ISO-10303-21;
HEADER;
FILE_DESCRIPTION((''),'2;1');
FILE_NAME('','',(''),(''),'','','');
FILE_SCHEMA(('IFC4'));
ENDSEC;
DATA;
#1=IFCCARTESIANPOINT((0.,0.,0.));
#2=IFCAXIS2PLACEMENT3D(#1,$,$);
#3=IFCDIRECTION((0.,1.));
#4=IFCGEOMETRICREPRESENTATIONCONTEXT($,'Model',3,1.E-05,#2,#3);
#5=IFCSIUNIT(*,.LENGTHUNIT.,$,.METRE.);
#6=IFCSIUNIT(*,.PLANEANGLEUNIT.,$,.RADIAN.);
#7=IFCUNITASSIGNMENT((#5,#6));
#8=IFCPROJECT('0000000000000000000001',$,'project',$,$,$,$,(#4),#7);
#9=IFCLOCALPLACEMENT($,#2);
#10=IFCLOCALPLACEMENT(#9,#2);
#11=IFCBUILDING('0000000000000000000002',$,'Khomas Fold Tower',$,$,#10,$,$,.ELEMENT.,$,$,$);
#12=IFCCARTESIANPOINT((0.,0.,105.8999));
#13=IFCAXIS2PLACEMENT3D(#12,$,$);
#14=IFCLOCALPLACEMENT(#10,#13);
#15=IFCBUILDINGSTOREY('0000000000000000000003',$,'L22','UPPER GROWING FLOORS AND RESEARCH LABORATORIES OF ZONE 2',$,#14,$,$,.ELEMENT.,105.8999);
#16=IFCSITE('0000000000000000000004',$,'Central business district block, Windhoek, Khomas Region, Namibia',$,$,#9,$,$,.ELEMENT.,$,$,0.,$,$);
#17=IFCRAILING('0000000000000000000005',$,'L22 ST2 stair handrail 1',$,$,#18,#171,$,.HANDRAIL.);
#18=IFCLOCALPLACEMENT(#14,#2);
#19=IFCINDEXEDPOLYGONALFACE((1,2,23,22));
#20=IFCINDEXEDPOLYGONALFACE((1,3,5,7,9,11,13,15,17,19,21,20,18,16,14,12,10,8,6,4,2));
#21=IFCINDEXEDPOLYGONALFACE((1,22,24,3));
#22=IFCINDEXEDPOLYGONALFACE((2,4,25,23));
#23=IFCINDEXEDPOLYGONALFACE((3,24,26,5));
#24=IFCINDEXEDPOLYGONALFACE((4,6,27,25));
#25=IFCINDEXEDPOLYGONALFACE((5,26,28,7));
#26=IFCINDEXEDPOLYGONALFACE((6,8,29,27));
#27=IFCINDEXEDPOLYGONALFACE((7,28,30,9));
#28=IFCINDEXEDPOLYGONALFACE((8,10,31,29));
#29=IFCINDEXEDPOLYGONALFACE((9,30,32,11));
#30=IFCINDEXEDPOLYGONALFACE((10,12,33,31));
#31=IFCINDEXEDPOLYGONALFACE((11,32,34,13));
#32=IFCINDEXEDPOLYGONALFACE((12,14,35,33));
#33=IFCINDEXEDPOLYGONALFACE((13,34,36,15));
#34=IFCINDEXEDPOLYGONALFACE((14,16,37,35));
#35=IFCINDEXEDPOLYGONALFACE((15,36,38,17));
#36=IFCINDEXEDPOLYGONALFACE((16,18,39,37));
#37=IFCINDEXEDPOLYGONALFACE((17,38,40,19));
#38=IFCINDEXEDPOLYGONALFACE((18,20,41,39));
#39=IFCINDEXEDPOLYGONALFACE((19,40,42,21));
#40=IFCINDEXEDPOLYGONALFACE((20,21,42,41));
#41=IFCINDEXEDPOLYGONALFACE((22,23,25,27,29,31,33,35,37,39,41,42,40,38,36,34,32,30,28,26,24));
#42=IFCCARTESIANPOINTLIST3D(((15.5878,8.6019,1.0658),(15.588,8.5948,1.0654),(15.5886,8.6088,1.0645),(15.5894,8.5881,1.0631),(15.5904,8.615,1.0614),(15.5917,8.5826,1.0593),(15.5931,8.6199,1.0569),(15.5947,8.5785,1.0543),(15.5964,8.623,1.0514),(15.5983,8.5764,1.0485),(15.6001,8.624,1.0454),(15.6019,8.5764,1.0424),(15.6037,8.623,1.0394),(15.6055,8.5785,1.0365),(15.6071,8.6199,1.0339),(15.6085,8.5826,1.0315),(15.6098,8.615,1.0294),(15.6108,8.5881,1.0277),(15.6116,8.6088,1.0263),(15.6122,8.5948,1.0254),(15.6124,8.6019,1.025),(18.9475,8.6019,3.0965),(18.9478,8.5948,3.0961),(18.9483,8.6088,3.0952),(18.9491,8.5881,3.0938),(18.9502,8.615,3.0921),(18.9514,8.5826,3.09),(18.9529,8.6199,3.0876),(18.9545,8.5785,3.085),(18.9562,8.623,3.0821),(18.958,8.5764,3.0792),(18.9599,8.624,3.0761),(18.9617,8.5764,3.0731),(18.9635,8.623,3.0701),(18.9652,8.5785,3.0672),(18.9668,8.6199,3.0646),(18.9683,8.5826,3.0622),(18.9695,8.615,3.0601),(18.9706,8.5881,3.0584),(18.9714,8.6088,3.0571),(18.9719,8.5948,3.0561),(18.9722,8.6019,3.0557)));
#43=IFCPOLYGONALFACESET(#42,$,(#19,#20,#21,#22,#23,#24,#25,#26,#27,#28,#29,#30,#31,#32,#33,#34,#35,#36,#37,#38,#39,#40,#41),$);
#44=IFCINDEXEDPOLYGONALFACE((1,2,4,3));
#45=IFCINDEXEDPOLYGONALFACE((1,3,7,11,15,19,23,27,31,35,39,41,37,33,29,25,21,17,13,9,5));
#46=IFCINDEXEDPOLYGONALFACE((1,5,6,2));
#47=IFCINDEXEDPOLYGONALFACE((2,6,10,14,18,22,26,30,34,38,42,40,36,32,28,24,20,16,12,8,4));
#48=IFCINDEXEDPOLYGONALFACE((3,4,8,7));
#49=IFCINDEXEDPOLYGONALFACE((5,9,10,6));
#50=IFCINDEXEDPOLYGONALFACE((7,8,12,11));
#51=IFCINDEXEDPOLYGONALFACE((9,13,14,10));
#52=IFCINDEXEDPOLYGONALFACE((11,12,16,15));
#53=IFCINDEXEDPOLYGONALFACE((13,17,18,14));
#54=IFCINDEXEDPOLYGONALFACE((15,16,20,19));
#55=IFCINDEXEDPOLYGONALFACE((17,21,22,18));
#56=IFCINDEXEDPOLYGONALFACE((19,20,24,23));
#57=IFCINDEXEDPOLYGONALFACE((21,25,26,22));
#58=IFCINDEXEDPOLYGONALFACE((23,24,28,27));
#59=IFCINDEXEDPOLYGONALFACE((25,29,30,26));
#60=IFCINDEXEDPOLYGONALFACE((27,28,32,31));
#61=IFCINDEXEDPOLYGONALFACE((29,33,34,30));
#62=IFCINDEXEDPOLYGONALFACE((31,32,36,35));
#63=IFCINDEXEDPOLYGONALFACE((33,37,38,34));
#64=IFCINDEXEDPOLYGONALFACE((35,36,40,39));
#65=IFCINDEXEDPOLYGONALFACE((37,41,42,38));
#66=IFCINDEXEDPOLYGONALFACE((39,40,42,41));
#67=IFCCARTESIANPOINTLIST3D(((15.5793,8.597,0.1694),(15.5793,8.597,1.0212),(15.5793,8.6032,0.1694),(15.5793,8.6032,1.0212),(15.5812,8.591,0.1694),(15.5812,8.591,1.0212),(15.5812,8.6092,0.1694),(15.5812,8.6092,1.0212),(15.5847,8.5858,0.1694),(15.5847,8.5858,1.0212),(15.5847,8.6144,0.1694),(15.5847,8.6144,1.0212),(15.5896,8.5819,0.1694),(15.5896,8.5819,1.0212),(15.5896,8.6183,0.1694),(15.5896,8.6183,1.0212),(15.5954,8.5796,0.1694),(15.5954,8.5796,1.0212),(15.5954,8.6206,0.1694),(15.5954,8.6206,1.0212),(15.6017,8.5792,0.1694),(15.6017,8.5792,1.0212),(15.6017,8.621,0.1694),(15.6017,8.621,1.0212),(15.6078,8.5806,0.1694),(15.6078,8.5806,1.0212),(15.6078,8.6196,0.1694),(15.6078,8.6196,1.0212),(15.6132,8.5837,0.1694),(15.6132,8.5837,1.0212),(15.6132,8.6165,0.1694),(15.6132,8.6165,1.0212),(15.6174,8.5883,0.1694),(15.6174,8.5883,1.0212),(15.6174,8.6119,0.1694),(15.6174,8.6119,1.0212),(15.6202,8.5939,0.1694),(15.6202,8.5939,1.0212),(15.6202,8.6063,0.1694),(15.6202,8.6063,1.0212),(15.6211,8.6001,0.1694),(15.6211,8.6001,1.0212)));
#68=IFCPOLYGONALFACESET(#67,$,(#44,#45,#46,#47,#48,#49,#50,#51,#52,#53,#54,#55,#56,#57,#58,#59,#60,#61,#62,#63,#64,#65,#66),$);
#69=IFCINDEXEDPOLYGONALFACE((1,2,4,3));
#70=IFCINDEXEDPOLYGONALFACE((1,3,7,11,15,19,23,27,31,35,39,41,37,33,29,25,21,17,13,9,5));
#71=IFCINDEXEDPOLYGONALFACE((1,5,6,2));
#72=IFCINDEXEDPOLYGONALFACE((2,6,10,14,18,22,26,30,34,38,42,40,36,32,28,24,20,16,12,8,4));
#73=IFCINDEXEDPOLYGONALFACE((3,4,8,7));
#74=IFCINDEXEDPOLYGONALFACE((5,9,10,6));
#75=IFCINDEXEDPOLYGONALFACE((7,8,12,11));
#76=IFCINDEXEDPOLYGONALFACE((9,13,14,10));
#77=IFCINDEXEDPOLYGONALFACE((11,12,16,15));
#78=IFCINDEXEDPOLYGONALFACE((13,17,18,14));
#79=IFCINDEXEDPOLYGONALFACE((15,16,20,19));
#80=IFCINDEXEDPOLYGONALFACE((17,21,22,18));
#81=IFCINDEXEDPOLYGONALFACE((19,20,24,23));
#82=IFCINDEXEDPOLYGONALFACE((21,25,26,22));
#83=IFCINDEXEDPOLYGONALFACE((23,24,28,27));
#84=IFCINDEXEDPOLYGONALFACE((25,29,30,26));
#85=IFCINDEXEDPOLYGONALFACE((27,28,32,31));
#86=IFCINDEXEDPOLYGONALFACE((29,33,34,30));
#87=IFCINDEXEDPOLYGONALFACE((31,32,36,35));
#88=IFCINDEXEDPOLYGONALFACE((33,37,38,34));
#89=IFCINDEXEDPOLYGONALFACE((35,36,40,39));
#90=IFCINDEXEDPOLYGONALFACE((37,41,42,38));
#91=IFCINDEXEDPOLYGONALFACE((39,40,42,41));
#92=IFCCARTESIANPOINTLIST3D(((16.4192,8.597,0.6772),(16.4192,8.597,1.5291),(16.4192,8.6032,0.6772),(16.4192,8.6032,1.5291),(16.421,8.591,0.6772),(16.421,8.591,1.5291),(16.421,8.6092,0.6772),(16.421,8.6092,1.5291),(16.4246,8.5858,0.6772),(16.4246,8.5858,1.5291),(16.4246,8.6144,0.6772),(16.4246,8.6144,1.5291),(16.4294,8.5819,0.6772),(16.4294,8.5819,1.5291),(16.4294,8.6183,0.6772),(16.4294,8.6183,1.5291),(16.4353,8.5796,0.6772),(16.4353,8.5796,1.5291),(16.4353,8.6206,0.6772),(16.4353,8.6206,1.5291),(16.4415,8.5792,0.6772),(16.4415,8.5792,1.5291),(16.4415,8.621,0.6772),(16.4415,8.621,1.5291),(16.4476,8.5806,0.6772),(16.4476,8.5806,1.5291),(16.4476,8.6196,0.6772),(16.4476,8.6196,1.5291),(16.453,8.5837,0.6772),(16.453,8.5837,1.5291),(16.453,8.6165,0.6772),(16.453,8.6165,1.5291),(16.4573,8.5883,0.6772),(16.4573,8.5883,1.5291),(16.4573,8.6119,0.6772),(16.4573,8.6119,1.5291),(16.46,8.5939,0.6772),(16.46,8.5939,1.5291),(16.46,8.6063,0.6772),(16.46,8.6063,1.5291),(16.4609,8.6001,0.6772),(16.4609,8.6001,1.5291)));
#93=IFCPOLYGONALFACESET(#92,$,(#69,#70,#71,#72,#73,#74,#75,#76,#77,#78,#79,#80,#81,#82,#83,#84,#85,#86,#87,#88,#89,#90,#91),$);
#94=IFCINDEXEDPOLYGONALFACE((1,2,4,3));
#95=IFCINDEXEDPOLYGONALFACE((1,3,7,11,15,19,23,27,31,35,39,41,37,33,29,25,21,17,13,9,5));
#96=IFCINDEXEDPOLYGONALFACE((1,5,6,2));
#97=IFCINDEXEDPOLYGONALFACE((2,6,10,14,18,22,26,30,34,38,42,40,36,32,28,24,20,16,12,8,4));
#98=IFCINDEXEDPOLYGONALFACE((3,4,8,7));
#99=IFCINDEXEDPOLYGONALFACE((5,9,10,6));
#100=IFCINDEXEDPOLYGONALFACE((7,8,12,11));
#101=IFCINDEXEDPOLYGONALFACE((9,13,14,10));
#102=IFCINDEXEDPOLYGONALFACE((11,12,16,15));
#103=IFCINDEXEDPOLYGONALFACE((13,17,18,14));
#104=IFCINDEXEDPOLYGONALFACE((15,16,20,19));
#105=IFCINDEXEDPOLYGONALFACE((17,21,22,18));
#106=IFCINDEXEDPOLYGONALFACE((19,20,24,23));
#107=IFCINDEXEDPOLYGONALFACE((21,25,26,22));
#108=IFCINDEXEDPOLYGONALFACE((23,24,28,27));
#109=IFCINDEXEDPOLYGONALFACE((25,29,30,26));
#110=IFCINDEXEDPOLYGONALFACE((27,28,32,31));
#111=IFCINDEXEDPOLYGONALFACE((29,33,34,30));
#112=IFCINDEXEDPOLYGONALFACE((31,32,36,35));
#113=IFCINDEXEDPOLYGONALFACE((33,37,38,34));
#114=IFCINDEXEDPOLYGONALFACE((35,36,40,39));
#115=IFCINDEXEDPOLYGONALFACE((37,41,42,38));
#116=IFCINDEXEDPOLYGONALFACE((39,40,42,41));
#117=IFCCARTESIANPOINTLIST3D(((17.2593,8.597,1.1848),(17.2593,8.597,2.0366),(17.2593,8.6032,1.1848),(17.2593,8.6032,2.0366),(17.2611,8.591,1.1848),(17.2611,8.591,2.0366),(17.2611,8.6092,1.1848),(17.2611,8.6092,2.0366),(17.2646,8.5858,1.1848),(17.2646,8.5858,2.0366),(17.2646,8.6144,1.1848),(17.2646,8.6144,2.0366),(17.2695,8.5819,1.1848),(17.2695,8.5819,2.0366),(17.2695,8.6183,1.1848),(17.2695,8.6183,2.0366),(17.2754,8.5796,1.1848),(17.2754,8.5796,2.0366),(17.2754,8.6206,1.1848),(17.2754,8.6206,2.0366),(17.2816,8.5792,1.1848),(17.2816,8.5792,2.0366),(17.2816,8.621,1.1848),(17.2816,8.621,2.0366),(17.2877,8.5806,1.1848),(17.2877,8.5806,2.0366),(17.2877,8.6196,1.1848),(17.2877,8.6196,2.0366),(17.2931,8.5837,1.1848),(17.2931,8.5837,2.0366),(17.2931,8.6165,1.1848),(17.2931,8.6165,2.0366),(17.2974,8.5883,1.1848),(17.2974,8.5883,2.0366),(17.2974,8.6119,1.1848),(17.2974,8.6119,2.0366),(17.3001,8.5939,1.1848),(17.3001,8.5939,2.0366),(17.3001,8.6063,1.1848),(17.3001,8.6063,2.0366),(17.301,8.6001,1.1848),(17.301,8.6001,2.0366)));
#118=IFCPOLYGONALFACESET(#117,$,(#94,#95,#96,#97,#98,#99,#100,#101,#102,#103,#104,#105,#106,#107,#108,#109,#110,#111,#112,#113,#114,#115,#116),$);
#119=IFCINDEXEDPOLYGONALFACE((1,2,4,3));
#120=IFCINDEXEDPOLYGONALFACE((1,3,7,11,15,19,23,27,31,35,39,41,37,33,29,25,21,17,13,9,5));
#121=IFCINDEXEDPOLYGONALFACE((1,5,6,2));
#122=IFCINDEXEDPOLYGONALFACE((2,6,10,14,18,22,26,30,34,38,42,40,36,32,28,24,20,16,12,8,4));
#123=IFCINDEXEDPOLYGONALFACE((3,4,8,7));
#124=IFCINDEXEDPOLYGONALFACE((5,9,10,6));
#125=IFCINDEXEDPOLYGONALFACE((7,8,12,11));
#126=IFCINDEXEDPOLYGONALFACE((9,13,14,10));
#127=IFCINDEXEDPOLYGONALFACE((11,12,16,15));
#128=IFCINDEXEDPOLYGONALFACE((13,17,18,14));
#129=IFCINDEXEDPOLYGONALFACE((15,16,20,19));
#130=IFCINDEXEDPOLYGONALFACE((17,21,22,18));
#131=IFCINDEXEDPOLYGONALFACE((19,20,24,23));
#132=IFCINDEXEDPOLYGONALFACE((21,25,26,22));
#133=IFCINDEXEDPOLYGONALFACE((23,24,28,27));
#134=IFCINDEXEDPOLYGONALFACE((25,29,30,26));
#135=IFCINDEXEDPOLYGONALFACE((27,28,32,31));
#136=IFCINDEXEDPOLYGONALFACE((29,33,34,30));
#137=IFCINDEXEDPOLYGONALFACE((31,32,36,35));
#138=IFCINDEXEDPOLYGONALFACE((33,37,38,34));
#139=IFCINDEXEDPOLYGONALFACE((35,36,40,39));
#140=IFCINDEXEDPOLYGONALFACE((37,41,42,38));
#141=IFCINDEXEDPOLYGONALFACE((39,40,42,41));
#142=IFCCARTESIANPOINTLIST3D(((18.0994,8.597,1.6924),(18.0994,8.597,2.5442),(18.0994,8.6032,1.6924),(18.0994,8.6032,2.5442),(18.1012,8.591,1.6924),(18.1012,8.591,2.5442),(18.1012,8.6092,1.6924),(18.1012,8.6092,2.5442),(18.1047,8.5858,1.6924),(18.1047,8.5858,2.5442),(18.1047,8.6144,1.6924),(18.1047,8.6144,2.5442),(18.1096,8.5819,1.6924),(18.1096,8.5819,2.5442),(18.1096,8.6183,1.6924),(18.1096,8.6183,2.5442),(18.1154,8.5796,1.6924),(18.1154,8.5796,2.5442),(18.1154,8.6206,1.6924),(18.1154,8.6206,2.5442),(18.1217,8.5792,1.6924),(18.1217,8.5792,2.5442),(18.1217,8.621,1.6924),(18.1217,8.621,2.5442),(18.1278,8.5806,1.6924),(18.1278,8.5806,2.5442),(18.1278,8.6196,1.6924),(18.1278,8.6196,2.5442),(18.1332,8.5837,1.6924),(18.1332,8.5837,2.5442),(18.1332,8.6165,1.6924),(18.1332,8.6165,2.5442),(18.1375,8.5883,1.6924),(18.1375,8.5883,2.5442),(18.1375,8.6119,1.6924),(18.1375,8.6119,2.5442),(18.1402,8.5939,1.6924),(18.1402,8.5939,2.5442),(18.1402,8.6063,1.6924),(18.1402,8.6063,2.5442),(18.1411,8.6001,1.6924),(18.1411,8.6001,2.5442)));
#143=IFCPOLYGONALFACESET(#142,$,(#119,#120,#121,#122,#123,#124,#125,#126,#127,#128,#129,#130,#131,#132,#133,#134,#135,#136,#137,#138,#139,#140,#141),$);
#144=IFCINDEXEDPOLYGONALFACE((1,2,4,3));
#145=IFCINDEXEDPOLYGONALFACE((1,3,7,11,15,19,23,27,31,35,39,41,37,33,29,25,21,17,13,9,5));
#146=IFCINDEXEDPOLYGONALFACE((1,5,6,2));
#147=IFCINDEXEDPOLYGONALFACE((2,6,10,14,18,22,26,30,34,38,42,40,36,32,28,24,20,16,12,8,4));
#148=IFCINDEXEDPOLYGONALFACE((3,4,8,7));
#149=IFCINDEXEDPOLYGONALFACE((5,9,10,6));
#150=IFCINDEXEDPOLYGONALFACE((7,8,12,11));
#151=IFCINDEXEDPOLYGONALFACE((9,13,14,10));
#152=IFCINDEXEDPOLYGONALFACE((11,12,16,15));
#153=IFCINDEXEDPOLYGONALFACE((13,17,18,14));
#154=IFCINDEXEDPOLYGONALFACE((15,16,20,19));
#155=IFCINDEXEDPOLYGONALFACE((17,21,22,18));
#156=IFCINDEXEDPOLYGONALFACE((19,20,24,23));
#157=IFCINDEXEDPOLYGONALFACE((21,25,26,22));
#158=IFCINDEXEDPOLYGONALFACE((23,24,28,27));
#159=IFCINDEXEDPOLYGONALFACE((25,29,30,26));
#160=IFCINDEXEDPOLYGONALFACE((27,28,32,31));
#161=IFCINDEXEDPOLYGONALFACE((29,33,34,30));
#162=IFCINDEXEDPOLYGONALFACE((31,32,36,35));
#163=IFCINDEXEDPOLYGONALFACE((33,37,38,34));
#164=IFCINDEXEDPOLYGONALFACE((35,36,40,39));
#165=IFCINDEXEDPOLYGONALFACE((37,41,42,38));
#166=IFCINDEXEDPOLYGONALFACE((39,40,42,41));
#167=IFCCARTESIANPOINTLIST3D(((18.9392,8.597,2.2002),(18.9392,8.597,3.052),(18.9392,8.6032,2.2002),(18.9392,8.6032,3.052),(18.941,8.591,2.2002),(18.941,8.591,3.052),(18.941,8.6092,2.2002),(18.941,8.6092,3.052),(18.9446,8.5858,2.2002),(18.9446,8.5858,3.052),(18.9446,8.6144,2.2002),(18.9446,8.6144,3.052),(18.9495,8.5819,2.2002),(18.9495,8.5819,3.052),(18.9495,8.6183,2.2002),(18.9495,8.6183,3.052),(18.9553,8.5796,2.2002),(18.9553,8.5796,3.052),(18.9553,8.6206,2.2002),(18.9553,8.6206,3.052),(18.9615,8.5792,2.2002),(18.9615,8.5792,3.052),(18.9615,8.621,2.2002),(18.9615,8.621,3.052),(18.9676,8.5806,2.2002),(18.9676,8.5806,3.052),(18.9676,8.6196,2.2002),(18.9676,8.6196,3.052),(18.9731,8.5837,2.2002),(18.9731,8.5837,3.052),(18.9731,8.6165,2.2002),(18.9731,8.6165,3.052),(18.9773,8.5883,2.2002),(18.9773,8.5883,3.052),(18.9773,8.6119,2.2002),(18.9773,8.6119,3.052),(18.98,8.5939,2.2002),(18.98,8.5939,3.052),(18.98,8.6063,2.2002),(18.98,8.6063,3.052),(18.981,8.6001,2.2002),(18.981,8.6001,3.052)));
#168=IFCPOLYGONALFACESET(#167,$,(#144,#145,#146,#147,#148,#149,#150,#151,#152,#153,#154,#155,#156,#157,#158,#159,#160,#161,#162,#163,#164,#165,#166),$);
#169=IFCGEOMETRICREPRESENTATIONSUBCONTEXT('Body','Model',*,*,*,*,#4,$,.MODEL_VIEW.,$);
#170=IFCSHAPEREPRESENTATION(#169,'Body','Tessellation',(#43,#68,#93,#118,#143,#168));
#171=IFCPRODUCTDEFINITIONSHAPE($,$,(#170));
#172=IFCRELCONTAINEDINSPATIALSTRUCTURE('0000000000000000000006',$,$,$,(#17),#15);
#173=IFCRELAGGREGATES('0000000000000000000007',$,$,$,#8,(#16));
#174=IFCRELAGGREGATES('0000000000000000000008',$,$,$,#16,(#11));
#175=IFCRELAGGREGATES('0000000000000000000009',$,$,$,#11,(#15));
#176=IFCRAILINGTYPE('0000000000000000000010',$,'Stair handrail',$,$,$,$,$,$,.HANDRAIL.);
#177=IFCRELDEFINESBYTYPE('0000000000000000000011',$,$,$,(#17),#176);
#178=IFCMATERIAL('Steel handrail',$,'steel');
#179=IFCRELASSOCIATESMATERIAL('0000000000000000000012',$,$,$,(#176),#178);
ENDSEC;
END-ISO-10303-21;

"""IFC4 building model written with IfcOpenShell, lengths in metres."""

from ifc_helpers import new_model, si_unit, direction, frame, origin, origin_2d, place, context, subcontext, project, spatial, circle, extrude, source, transform, mapped, material, type_object, element, save


model = new_model("IFC4")

# Units and contexts
model_context = context("Model", 3, precision=1e-05, world=origin(), true_north=direction((0.0, 1.0)))
body_context = subcontext(model_context, "Body", "Model", "MODEL_VIEW")
ifc_project = project(units=[si_unit("LENGTHUNIT", "METRE"), si_unit("PLANEANGLEUNIT", "RADIAN")], contexts=[model_context])

# Site, building, storey
site_placement = place(None, origin())
site = spatial("IfcSite", under=ifc_project, at=site_placement, Name="Central business district block, Windhoek, Khomas Region, Namibia", CompositionType="ELEMENT", RefElevation=0.0)
building_placement = place(site_placement, origin())
building = spatial("IfcBuilding", under=site, at=building_placement, Name="Khomas Fold Tower", CompositionType="ELEMENT")
storey_placement = place(building_placement, frame((0.0, 0.0, 105.8999)))
storey = spatial("IfcBuildingStorey", under=building, at=storey_placement, Name="L22", Description="UPPER GROWING FLOORS AND RESEARCH LABORATORIES OF ZONE 2", CompositionType="ELEMENT", Elevation=105.8999)

# Railing
ifc_material_1 = material(Name="Steel handrail", Category="steel")
railing_type_1 = type_object("IfcRailingType", Name="Stair handrail", PredefinedType="HANDRAIL", material=ifc_material_1)
shared_shape_1 = source(origin(), body_context, "Body", "SweptSolid", [
    extrude(circle(Radius=0.0239, at=origin_2d()), frame((0.0, 0.0, 0.876), z_axis=(0.85582, 0.0, 0.517273), x_axis=(0.0, 1.0, 0.0)), (0.0, 0.0, 1.0), 3.9258),
    extrude(circle(Radius=0.021, at=origin_2d()), origin(), (0.0, 0.0, 1.0), 0.8518),
    extrude(circle(Radius=0.021, at=origin_2d()), frame((0.8398, 0.0, 0.5078)), (0.0, 0.0, 1.0), 0.8518),
    extrude(circle(Radius=0.021, at=origin_2d()), frame((1.6799, 0.0, 1.0154)), (0.0, 0.0, 1.0), 0.8518),
    extrude(circle(Radius=0.021, at=origin_2d()), frame((2.52, 0.0, 1.5229)), (0.0, 0.0, 1.0), 0.8518),
    extrude(circle(Radius=0.021, at=origin_2d()), frame((3.3599, 0.0, 2.0308)), (0.0, 0.0, 1.0), 0.8518),
])
railing_1_placement = place(storey_placement, frame((15.6001, 8.6001, 0.1694)))
element("IfcRailing", 1, at=railing_1_placement, inside=storey, type_object=railing_type_1, Name="L22 ST2 stair handrail 1", PredefinedType="HANDRAIL", context=body_context, shape_type="MappedRepresentation", body=[
    mapped(shared_shape_1, transform((0.0, 0.0, 0.0))),
])

save(model, "model.ifc")
